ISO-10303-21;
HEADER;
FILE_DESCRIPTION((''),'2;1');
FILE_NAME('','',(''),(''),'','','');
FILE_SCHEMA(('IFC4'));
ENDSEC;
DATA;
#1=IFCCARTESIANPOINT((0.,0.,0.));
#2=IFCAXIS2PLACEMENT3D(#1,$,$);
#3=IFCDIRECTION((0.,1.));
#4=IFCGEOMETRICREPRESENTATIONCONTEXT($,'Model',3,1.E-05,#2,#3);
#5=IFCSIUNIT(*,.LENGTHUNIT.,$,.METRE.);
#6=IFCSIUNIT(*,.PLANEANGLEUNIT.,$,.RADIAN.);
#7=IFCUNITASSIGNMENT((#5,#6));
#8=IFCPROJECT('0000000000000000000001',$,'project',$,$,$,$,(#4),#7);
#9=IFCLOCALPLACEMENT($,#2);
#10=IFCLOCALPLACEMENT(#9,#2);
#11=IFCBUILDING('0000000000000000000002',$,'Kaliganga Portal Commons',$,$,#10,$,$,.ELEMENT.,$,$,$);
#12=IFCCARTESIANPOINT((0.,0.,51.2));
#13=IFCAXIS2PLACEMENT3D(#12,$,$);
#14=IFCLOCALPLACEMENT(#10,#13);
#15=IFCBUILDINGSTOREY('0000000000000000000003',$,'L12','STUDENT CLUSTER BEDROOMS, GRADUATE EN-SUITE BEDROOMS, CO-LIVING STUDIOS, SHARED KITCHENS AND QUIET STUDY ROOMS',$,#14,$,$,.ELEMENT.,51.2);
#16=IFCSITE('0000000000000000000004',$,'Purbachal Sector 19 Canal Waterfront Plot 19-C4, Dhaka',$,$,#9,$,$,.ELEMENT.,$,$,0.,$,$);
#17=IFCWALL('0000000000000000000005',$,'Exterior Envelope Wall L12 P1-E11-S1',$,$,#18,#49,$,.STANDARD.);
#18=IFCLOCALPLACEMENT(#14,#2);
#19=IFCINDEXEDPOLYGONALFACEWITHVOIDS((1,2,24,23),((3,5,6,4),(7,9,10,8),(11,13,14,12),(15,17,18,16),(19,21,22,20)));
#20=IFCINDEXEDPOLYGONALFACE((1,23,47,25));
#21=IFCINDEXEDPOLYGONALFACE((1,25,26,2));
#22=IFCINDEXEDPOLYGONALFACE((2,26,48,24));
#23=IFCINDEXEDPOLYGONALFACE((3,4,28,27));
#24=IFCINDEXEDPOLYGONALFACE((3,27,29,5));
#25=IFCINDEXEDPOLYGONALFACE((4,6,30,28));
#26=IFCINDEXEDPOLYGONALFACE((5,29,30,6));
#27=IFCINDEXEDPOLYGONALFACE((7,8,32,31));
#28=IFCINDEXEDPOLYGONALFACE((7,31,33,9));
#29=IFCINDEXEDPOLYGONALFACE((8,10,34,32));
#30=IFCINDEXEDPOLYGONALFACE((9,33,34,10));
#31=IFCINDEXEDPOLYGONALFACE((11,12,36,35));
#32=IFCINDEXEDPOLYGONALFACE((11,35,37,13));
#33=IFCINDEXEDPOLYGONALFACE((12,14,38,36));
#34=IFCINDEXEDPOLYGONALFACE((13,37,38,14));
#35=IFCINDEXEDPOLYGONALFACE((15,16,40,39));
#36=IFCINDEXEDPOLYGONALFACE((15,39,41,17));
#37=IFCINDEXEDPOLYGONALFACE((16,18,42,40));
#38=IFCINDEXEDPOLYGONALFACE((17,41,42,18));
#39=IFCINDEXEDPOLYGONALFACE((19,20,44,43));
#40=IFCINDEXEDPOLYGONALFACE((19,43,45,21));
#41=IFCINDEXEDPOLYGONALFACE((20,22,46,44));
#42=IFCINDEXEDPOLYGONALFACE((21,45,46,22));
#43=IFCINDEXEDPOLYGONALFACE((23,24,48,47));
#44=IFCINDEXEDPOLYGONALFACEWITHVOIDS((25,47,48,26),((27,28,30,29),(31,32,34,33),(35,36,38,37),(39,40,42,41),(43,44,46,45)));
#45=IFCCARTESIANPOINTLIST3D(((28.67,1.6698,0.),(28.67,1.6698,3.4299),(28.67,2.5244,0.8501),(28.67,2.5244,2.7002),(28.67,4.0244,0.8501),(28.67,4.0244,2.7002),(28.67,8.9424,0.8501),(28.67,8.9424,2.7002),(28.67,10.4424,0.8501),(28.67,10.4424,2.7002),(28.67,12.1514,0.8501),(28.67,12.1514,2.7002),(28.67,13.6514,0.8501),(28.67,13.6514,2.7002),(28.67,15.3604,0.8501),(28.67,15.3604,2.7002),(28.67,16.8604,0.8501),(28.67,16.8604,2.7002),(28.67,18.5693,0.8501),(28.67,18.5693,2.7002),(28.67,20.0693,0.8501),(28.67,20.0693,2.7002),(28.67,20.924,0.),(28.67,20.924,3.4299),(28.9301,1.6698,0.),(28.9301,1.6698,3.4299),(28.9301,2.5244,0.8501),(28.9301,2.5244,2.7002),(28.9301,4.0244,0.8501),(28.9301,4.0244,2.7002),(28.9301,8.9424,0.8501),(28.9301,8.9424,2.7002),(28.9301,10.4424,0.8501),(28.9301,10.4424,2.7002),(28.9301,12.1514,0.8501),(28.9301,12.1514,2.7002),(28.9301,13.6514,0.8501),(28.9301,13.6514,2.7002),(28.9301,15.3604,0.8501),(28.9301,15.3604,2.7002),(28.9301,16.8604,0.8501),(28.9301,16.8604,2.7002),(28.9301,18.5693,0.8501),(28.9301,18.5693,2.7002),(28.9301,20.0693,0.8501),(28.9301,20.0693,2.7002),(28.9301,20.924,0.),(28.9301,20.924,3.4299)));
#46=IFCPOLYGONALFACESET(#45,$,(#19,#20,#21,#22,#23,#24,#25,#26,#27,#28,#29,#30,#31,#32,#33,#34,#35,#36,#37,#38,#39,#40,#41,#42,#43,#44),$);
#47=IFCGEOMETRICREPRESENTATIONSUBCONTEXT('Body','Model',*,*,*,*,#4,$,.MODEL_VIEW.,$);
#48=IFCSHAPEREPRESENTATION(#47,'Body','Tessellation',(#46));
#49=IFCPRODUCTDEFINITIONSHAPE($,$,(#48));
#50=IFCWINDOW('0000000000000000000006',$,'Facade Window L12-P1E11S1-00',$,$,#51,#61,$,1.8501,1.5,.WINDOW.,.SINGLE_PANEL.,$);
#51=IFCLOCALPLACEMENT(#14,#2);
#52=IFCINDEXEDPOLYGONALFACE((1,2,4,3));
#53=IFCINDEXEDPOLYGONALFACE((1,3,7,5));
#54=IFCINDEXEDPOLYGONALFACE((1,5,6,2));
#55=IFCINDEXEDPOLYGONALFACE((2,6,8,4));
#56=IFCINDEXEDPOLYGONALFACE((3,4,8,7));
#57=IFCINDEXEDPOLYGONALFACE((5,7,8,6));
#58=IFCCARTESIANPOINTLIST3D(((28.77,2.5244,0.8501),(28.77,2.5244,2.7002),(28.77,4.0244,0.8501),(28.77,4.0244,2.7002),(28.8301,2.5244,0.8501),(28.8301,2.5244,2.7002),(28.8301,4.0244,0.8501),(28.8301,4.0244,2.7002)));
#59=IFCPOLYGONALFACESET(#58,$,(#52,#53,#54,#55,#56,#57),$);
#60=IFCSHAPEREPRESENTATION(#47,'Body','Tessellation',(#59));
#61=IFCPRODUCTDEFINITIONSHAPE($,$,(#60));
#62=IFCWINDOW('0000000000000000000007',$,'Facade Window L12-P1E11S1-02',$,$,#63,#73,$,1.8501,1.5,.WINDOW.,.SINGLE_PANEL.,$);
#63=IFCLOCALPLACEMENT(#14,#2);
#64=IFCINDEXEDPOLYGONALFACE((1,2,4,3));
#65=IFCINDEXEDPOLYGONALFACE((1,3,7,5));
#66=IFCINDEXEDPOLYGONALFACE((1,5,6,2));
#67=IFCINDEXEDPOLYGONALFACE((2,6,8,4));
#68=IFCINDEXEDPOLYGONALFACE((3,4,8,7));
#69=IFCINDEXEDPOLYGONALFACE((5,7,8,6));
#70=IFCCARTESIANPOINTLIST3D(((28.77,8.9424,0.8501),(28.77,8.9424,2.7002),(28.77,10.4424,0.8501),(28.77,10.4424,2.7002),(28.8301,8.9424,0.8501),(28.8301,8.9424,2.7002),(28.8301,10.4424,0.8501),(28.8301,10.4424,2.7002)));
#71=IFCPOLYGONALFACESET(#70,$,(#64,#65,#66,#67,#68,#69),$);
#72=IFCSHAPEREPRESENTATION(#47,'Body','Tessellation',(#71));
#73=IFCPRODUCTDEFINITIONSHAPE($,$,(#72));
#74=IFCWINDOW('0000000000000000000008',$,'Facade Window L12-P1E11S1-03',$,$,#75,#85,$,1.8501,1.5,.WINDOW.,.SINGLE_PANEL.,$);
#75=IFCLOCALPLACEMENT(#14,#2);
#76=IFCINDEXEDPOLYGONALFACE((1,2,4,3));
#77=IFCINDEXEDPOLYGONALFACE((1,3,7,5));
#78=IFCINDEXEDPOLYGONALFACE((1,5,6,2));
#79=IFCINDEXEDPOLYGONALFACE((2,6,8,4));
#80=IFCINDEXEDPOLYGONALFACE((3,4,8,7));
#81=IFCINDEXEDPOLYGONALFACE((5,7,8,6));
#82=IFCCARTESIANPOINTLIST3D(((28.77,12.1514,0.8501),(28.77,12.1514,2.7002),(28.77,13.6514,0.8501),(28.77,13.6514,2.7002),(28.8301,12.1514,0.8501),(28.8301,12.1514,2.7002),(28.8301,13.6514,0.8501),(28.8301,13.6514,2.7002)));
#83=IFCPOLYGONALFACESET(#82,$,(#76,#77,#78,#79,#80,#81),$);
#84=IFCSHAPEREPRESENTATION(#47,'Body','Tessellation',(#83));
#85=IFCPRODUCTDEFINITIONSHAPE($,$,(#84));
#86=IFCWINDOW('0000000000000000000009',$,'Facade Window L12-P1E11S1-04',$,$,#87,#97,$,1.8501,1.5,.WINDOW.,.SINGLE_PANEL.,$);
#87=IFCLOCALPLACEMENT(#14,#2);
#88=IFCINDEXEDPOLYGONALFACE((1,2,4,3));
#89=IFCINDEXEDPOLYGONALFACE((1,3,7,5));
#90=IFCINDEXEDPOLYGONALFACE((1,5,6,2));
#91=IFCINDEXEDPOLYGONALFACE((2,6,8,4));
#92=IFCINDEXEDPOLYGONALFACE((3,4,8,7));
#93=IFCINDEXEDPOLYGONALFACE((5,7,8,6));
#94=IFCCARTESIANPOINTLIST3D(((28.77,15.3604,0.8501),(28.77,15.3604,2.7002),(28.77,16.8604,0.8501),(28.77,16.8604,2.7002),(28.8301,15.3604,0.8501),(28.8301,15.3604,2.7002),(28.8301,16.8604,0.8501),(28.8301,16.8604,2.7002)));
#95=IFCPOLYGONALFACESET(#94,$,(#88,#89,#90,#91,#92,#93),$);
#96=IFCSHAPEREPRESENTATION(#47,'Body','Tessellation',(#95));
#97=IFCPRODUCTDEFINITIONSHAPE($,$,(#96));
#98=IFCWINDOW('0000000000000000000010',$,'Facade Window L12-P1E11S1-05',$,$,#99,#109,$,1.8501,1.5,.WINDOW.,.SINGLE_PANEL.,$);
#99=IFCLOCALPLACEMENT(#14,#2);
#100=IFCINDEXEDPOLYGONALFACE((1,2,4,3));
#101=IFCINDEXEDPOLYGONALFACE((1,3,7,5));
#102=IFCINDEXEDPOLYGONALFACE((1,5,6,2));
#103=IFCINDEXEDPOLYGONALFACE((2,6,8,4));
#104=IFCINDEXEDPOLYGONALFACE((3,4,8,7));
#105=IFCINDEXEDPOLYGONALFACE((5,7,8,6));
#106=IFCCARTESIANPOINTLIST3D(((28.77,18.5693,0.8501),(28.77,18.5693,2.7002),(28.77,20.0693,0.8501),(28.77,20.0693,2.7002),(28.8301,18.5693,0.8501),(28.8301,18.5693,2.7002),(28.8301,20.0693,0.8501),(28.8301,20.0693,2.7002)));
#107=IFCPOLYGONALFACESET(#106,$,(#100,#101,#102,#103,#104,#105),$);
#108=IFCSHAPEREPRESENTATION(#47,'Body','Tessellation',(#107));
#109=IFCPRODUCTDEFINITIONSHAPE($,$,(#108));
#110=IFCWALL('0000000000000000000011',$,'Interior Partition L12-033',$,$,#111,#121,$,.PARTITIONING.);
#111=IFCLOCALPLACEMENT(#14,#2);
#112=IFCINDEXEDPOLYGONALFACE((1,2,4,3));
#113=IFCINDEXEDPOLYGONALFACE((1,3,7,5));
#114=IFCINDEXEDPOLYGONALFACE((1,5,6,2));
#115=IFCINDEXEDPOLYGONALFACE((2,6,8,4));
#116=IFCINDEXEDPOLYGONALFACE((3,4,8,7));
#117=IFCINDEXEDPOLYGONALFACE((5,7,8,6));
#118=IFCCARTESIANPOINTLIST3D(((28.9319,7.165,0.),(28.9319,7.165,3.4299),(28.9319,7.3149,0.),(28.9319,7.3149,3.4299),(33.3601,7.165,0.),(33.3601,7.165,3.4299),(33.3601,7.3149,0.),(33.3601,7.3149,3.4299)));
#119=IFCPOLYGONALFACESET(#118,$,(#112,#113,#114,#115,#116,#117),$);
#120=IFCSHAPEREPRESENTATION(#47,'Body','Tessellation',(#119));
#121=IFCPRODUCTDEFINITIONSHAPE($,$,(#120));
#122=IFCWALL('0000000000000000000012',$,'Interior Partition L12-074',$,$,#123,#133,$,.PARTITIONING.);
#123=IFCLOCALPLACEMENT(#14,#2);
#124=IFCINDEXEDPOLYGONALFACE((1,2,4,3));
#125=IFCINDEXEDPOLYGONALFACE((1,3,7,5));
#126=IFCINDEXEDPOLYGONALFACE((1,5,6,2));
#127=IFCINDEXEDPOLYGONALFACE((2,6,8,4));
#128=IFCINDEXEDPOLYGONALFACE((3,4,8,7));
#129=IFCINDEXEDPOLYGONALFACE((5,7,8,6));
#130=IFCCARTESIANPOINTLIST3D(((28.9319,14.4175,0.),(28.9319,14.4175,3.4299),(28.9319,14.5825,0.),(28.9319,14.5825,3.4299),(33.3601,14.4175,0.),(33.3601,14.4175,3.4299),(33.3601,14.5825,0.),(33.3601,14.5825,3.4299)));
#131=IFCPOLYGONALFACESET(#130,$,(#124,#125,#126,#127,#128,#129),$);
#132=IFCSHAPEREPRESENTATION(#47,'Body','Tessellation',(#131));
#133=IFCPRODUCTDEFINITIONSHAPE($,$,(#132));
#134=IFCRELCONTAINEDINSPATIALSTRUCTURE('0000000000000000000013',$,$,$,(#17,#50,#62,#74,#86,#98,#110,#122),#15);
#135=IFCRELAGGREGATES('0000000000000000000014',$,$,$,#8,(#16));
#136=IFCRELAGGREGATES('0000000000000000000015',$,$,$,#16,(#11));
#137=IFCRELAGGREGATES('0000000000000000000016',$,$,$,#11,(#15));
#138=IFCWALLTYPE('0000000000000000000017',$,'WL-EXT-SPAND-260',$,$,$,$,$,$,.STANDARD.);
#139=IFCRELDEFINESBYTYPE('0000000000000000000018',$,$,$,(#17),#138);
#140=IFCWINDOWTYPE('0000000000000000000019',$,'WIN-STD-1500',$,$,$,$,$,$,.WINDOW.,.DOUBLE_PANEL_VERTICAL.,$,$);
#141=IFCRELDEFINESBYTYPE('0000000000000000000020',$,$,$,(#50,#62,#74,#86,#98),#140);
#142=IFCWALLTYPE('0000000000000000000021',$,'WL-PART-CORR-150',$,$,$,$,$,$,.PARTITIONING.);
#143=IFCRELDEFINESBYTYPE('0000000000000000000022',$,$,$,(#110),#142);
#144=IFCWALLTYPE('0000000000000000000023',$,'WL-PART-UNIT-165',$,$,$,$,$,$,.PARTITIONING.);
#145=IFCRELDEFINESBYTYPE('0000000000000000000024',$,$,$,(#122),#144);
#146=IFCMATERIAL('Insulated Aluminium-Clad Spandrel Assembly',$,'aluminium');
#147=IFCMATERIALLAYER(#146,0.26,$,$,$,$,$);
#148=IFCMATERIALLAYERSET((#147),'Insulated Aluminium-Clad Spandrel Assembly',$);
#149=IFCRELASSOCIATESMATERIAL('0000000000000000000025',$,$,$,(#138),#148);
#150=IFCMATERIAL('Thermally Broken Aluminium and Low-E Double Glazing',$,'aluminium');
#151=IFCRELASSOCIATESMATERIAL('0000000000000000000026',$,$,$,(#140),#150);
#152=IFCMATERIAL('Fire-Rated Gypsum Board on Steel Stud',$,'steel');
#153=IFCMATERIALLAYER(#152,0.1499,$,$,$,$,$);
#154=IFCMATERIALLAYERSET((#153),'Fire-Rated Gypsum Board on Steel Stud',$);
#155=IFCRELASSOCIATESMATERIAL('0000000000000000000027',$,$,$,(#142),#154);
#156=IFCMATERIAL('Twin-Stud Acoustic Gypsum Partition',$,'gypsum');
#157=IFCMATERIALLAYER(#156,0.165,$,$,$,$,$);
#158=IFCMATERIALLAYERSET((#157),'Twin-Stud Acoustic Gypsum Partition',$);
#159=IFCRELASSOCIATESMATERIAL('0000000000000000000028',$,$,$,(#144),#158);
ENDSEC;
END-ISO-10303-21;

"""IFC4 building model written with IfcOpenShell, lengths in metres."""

from ifc_helpers import new_model, si_unit, direction, frame, frame_2d, origin, place, context, subcontext, project, spatial, rectangle, extrude, material, layer, layer_set, type_object, element, fill, save


model = new_model("IFC4")

# Units and contexts
model_context = context("Model", 3, precision=1e-05, world=origin(), true_north=direction((0.0, 1.0)))
body_context = subcontext(model_context, "Body", "Model", "MODEL_VIEW")
ifc_project = project(units=[si_unit("LENGTHUNIT", "METRE"), si_unit("PLANEANGLEUNIT", "RADIAN")], contexts=[model_context])

# Site, building, storey
site_placement = place(None, origin())
site = spatial("IfcSite", under=ifc_project, at=site_placement, Name="Purbachal Sector 19 Canal Waterfront Plot 19-C4, Dhaka", CompositionType="ELEMENT", RefElevation=0.0)
building_placement = place(site_placement, origin())
building = spatial("IfcBuilding", under=site, at=building_placement, Name="Kaliganga Portal Commons", CompositionType="ELEMENT")
storey_placement = place(building_placement, frame((0.0, 0.0, 51.2)))
storey = spatial("IfcBuildingStorey", under=building, at=storey_placement, Name="L12", Description="STUDENT CLUSTER BEDROOMS, GRADUATE EN-SUITE BEDROOMS, CO-LIVING STUDIOS, SHARED KITCHENS AND QUIET STUDY ROOMS", CompositionType="ELEMENT", Elevation=51.2)

# Shared definitions
ifc_material_1 = material(Name="Insulated Aluminium-Clad Spandrel Assembly", Category="aluminium")
ifc_layer_1 = layer(ifc_material_1, 0.26)
ifc_layer_set_1 = layer_set([ifc_layer_1], Name="Insulated Aluminium-Clad Spandrel Assembly")
wall_type_1 = type_object("IfcWallType", Name="WL-EXT-SPAND-260", PredefinedType="STANDARD", material=ifc_layer_set_1)
ifc_material_2 = material(Name="Thermally Broken Aluminium and Low-E Double Glazing", Category="aluminium")

# Wall, openings, windows
wall_1_placement = place(storey_placement, frame((28.8, 1.6699, 0.0), z_axis=(0.0, 0.0, 1.0), x_axis=(0.0, 1.0, 0.0)))
wall_1 = element("IfcWall", 1, at=wall_1_placement, inside=storey, type_object=wall_type_1, Name="Exterior Envelope Wall L12 P1-E11-S1", PredefinedType="STANDARD", context=body_context, shape_type="SweptSolid", body=[
    extrude(rectangle(XDim=19.2542, YDim=0.26, at=frame_2d((9.627, 0.0))), origin(), (0.0, 0.0, 1.0), 3.4299),
])
opening_1_placement = place(wall_1_placement, frame((0.8545, 0.0, 0.8501)))
opening_1 = element("IfcOpeningElement", 2, at=opening_1_placement, cuts=wall_1, PredefinedType="OPENING", context=body_context, shape_type="SweptSolid", body=[
    extrude(rectangle(XDim=1.5, YDim=1.8501, at=frame_2d((0.75, 0.925))), frame((0.0, 0.1401, 0.0), z_axis=(0.0, -1.0, 0.0), x_axis=(1.0, 0.0, 0.0)), (0.0, 0.0, 1.0), 0.28),
])
opening_2_placement = place(wall_1_placement, frame((7.2725, 0.0, 0.8501)))
opening_2 = element("IfcOpeningElement", 3, at=opening_2_placement, cuts=wall_1, PredefinedType="OPENING", context=body_context, shape_type="SweptSolid", body=[
    extrude(rectangle(XDim=1.5, YDim=1.8501, at=frame_2d((0.75, 0.925))), frame((0.0, 0.1401, 0.0), z_axis=(0.0, -1.0, 0.0), x_axis=(1.0, 0.0, 0.0)), (0.0, 0.0, 1.0), 0.28),
])
opening_3_placement = place(wall_1_placement, frame((10.4814, 0.0, 0.8501)))
opening_3 = element("IfcOpeningElement", 4, at=opening_3_placement, cuts=wall_1, PredefinedType="OPENING", context=body_context, shape_type="SweptSolid", body=[
    extrude(rectangle(XDim=1.5, YDim=1.8501, at=frame_2d((0.75, 0.925))), frame((0.0, 0.1401, 0.0), z_axis=(0.0, -1.0, 0.0), x_axis=(1.0, 0.0, 0.0)), (0.0, 0.0, 1.0), 0.28),
])
opening_4_placement = place(wall_1_placement, frame((13.6904, 0.0, 0.8501)))
opening_4 = element("IfcOpeningElement", 5, at=opening_4_placement, cuts=wall_1, PredefinedType="OPENING", context=body_context, shape_type="SweptSolid", body=[
    extrude(rectangle(XDim=1.5, YDim=1.8501, at=frame_2d((0.75, 0.925))), frame((0.0, 0.1401, 0.0), z_axis=(0.0, -1.0, 0.0), x_axis=(1.0, 0.0, 0.0)), (0.0, 0.0, 1.0), 0.28),
])
opening_5_placement = place(wall_1_placement, frame((16.8994, 0.0, 0.8501)))
opening_5 = element("IfcOpeningElement", 6, at=opening_5_placement, cuts=wall_1, PredefinedType="OPENING", context=body_context, shape_type="SweptSolid", body=[
    extrude(rectangle(XDim=1.5, YDim=1.8501, at=frame_2d((0.75, 0.925))), frame((0.0, 0.1401, 0.0), z_axis=(0.0, -1.0, 0.0), x_axis=(1.0, 0.0, 0.0)), (0.0, 0.0, 1.0), 0.28),
])
window_type_1 = type_object("IfcWindowType", Name="WIN-STD-1500", PartitioningType="DOUBLE_PANEL_VERTICAL", PredefinedType="WINDOW", material=ifc_material_2)
window_1_placement = place(opening_1_placement, origin())
window_1 = element("IfcWindow", 7, at=window_1_placement, inside=storey, type_object=window_type_1, Name="Facade Window L12-P1E11S1-00", OverallHeight=1.8501, OverallWidth=1.5, PartitioningType="SINGLE_PANEL", PredefinedType="WINDOW", context=body_context, shape_type="SweptSolid", body=[
    extrude(rectangle(XDim=1.5, YDim=1.8501, at=frame_2d((0.75, 0.925))), frame((0.0, 0.03, 0.0), z_axis=(0.0, -1.0, 0.0), x_axis=(1.0, 0.0, 0.0)), (0.0, 0.0, 1.0), 0.0601),
])
fill(opening_1, window_1)
window_2_placement = place(opening_2_placement, origin())
window_2 = element("IfcWindow", 8, at=window_2_placement, inside=storey, type_object=window_type_1, Name="Facade Window L12-P1E11S1-02", OverallHeight=1.8501, OverallWidth=1.5, PartitioningType="SINGLE_PANEL", PredefinedType="WINDOW", context=body_context, shape_type="SweptSolid", body=[
    extrude(rectangle(XDim=1.5, YDim=1.8501, at=frame_2d((0.75, 0.925))), frame((0.0, 0.03, 0.0), z_axis=(0.0, -1.0, 0.0), x_axis=(1.0, 0.0, 0.0)), (0.0, 0.0, 1.0), 0.0601),
])
fill(opening_2, window_2)
window_3_placement = place(opening_3_placement, origin())
window_3 = element("IfcWindow", 9, at=window_3_placement, inside=storey, type_object=window_type_1, Name="Facade Window L12-P1E11S1-03", OverallHeight=1.8501, OverallWidth=1.5, PartitioningType="SINGLE_PANEL", PredefinedType="WINDOW", context=body_context, shape_type="SweptSolid", body=[
    extrude(rectangle(XDim=1.5, YDim=1.8501, at=frame_2d((0.75, 0.925))), frame((0.0, 0.03, 0.0), z_axis=(0.0, -1.0, 0.0), x_axis=(1.0, 0.0, 0.0)), (0.0, 0.0, 1.0), 0.0601),
])
fill(opening_3, window_3)
window_4_placement = place(opening_4_placement, origin())
window_4 = element("IfcWindow", 10, at=window_4_placement, inside=storey, type_object=window_type_1, Name="Facade Window L12-P1E11S1-04", OverallHeight=1.8501, OverallWidth=1.5, PartitioningType="SINGLE_PANEL", PredefinedType="WINDOW", context=body_context, shape_type="SweptSolid", body=[
    extrude(rectangle(XDim=1.5, YDim=1.8501, at=frame_2d((0.75, 0.925))), frame((0.0, 0.03, 0.0), z_axis=(0.0, -1.0, 0.0), x_axis=(1.0, 0.0, 0.0)), (0.0, 0.0, 1.0), 0.0601),
])
fill(opening_4, window_4)
window_5_placement = place(opening_5_placement, origin())
window_5 = element("IfcWindow", 11, at=window_5_placement, inside=storey, type_object=window_type_1, Name="Facade Window L12-P1E11S1-05", OverallHeight=1.8501, OverallWidth=1.5, PartitioningType="SINGLE_PANEL", PredefinedType="WINDOW", context=body_context, shape_type="SweptSolid", body=[
    extrude(rectangle(XDim=1.5, YDim=1.8501, at=frame_2d((0.75, 0.925))), frame((0.0, 0.03, 0.0), z_axis=(0.0, -1.0, 0.0), x_axis=(1.0, 0.0, 0.0)), (0.0, 0.0, 1.0), 0.0601),
])
fill(opening_5, window_5)

# Walls
ifc_material_3 = material(Name="Fire-Rated Gypsum Board on Steel Stud", Category="steel")
ifc_layer_2 = layer(ifc_material_3, 0.1499)
ifc_layer_set_2 = layer_set([ifc_layer_2], Name="Fire-Rated Gypsum Board on Steel Stud")
wall_type_2 = type_object("IfcWallType", Name="WL-PART-CORR-150", PredefinedType="PARTITIONING", material=ifc_layer_set_2)
wall_2_placement = place(storey_placement, frame((28.9319, 7.24, 0.0), z_axis=(0.0, 0.0, 1.0), x_axis=(1.0, 0.0, 0.0)))
element("IfcWall", 12, at=wall_2_placement, inside=storey, type_object=wall_type_2, Name="Interior Partition L12-033", PredefinedType="PARTITIONING", context=body_context, shape_type="SweptSolid", body=[
    extrude(rectangle(XDim=4.4282, YDim=0.1499, at=frame_2d((2.2141, 0.0))), origin(), (0.0, 0.0, 1.0), 3.4299),
])
ifc_material_4 = material(Name="Twin-Stud Acoustic Gypsum Partition", Category="gypsum")
ifc_layer_3 = layer(ifc_material_4, 0.165)
ifc_layer_set_3 = layer_set([ifc_layer_3], Name="Twin-Stud Acoustic Gypsum Partition")
wall_type_3 = type_object("IfcWallType", Name="WL-PART-UNIT-165", PredefinedType="PARTITIONING", material=ifc_layer_set_3)
wall_3_placement = place(storey_placement, frame((28.9319, 14.5, 0.0), z_axis=(0.0, 0.0, 1.0), x_axis=(1.0, 0.0, 0.0)))
element("IfcWall", 13, at=wall_3_placement, inside=storey, type_object=wall_type_3, Name="Interior Partition L12-074", PredefinedType="PARTITIONING", context=body_context, shape_type="SweptSolid", body=[
    extrude(rectangle(XDim=4.4282, YDim=0.165, at=frame_2d((2.2141, 0.0))), origin(), (0.0, 0.0, 1.0), 3.4299),
])

save(model, "model.ifc")
